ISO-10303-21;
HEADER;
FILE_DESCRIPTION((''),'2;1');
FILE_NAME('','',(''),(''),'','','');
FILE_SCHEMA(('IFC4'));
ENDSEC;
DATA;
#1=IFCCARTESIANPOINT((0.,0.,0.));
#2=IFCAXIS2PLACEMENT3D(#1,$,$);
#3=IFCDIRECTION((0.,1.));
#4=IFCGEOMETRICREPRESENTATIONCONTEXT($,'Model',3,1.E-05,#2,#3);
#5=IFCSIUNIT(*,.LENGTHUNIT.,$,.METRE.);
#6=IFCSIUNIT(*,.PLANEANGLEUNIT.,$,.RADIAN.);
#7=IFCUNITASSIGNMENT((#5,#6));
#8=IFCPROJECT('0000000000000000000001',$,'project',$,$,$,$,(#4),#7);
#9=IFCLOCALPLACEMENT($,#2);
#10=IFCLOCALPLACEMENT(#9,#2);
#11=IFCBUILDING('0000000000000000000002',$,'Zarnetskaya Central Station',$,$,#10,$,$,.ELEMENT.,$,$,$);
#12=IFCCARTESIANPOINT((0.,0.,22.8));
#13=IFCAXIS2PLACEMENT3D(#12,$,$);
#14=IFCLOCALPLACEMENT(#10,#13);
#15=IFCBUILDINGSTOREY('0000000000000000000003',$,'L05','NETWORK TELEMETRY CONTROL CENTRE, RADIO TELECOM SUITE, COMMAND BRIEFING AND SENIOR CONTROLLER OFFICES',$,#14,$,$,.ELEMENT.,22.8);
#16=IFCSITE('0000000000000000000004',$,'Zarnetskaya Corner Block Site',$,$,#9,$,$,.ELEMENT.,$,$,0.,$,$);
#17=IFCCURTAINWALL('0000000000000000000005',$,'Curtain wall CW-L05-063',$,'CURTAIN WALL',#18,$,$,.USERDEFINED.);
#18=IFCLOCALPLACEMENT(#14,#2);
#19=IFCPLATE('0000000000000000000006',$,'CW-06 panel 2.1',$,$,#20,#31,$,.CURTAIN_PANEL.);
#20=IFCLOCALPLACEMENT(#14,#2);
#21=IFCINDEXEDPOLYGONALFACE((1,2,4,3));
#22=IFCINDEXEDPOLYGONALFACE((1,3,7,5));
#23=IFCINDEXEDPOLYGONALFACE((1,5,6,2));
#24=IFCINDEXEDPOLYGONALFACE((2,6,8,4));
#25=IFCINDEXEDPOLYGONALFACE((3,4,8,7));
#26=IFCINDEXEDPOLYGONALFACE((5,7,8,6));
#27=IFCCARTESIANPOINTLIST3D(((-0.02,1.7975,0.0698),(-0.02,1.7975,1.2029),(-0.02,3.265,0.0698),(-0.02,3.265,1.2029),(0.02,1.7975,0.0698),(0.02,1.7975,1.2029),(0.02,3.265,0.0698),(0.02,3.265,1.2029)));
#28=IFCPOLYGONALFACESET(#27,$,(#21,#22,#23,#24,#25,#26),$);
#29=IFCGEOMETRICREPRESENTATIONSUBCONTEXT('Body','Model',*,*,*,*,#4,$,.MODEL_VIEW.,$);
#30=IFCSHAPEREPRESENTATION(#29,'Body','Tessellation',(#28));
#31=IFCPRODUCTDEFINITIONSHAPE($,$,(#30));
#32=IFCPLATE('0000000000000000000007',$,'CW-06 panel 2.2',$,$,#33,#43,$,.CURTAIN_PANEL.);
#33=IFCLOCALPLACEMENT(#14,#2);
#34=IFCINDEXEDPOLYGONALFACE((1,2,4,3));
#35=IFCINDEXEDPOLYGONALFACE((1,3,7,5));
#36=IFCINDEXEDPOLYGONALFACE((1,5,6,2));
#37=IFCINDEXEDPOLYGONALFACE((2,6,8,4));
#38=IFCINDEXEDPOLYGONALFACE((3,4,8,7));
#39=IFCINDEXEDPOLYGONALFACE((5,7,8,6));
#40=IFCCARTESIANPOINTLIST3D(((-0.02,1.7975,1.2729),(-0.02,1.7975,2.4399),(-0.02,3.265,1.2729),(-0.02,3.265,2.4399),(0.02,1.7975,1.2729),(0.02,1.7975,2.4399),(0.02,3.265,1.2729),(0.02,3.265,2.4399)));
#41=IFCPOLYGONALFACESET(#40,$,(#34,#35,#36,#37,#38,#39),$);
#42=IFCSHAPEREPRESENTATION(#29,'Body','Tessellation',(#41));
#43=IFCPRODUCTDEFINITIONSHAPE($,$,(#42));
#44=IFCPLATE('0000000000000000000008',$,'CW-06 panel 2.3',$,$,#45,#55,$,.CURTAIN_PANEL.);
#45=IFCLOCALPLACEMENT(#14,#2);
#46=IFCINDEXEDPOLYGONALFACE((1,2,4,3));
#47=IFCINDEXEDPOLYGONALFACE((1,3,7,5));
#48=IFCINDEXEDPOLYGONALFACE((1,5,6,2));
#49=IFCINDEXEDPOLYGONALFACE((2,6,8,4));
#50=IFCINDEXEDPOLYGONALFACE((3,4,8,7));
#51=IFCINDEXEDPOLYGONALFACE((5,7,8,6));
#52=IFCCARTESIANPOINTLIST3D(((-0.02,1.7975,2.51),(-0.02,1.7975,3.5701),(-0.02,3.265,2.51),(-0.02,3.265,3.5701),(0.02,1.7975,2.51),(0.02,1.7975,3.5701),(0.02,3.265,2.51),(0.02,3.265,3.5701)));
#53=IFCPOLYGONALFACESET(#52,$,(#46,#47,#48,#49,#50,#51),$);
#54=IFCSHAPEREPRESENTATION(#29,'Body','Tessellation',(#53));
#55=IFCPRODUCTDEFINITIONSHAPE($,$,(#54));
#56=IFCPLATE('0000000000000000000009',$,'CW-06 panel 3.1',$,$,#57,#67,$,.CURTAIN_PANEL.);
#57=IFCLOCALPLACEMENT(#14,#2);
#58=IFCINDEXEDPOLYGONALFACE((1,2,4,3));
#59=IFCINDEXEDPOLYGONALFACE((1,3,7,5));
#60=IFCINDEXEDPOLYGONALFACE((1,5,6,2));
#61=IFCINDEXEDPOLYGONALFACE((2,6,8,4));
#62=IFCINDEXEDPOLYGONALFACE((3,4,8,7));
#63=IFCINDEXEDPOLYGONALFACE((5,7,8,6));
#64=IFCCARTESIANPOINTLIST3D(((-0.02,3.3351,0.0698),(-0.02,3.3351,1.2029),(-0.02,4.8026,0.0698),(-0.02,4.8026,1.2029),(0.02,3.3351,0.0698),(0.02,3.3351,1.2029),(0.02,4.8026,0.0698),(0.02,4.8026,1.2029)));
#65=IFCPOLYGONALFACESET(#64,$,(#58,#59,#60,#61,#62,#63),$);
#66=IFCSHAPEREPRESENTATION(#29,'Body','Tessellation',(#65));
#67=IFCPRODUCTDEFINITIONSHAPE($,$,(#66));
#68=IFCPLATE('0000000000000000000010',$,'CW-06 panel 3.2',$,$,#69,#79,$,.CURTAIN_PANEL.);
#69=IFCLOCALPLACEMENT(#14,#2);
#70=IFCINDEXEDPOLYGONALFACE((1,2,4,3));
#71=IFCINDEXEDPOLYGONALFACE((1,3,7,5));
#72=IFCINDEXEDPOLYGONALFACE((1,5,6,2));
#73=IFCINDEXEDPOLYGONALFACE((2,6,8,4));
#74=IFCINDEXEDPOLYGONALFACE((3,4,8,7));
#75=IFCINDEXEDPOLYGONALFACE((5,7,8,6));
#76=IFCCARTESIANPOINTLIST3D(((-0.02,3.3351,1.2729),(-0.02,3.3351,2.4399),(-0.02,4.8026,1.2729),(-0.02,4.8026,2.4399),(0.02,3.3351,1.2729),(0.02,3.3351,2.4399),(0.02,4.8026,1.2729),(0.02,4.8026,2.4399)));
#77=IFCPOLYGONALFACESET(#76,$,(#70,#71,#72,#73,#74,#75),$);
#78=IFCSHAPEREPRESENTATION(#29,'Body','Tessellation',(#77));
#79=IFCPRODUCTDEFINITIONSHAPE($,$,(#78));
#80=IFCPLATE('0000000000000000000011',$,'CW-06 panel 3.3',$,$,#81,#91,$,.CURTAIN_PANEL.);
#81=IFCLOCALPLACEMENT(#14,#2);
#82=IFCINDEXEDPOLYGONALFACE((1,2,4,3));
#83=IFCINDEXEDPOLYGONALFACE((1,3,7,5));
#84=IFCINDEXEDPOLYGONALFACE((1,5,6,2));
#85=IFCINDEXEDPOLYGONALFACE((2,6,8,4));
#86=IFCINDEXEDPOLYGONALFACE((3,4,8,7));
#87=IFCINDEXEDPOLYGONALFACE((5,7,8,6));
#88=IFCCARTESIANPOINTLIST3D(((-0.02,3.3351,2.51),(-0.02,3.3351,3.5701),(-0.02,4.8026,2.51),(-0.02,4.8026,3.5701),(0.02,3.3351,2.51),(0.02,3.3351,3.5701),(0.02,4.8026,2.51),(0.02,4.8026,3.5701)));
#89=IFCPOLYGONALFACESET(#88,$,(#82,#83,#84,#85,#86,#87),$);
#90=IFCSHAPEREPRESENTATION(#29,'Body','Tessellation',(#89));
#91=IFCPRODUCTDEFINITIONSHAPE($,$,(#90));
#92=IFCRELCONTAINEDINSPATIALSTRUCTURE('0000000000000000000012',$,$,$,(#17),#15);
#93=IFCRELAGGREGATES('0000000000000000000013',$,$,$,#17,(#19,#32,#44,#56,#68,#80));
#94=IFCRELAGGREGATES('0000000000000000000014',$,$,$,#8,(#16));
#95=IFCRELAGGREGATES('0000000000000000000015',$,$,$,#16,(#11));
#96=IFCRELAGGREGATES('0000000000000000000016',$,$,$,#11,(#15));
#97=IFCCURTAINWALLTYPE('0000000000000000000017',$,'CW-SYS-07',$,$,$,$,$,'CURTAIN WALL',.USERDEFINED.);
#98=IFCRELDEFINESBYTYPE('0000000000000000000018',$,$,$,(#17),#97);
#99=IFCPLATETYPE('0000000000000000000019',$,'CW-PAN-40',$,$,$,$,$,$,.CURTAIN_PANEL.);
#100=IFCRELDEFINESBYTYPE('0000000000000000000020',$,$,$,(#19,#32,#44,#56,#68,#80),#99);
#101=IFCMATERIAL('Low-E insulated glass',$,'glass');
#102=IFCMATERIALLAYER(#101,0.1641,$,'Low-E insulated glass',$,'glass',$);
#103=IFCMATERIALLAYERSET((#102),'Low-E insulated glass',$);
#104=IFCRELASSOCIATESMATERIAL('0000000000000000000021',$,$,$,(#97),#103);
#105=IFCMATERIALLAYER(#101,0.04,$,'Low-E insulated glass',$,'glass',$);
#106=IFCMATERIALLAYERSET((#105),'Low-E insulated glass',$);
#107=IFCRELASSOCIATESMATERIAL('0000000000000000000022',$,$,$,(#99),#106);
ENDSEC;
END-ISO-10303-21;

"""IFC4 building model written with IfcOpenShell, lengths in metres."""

from ifc_helpers import new_model, si_unit, direction, frame, origin, origin_2d, place, context, subcontext, project, spatial, rectangle, extrude, material, layer, layer_set, type_object, element, aggregate, save


model = new_model("IFC4")

# Units and contexts
model_context = context("Model", 3, precision=1e-05, world=origin(), true_north=direction((0.0, 1.0)))
body_context = subcontext(model_context, "Body", "Model", "MODEL_VIEW")
ifc_project = project(units=[si_unit("LENGTHUNIT", "METRE"), si_unit("PLANEANGLEUNIT", "RADIAN")], contexts=[model_context])

# Site, building, storey
site_placement = place(None, origin())
site = spatial("IfcSite", under=ifc_project, at=site_placement, Name="Zarnetskaya Corner Block Site", CompositionType="ELEMENT", RefElevation=0.0)
building_placement = place(site_placement, origin())
building = spatial("IfcBuilding", under=site, at=building_placement, Name="Zarnetskaya Central Station", CompositionType="ELEMENT")
storey_placement = place(building_placement, frame((0.0, 0.0, 22.8)))
storey = spatial("IfcBuildingStorey", under=building, at=storey_placement, Name="L05", Description="NETWORK TELEMETRY CONTROL CENTRE, RADIO TELECOM SUITE, COMMAND BRIEFING AND SENIOR CONTROLLER OFFICES", CompositionType="ELEMENT", Elevation=22.8)

# Curtain wall, plates
ifc_material_1 = material(Name="Low-E insulated glass", Category="glass")
ifc_layer_1 = layer(ifc_material_1, 0.1641, Name="Low-E insulated glass", Category="glass")
ifc_layer_set_1 = layer_set([ifc_layer_1], Name="Low-E insulated glass")
curtain_wall_type = type_object("IfcCurtainWallType", Name="CW-SYS-07", ElementType="CURTAIN WALL", PredefinedType="USERDEFINED", material=ifc_layer_set_1)
curtain_wall_placement = place(storey_placement, origin())
curtain_wall = element("IfcCurtainWall", 1, at=curtain_wall_placement, inside=storey, type_object=curtain_wall_type, Name="Curtain wall CW-L05-063", ObjectType="CURTAIN WALL", PredefinedType="USERDEFINED")
ifc_layer_2 = layer(ifc_material_1, 0.04, Name="Low-E insulated glass", Category="glass")
ifc_layer_set_2 = layer_set([ifc_layer_2], Name="Low-E insulated glass")
plate_type = type_object("IfcPlateType", Name="CW-PAN-40", PredefinedType="CURTAIN_PANEL", material=ifc_layer_set_2)
plate_1_placement = place(storey_placement, frame((0.0, 2.5312, 0.0698), z_axis=(0.0, 0.0, 1.0), x_axis=(0.0, 1.0, 0.0)))
plate_1 = element("IfcPlate", 2, at=plate_1_placement, type_object=plate_type, Name="CW-06 panel 2.1", PredefinedType="CURTAIN_PANEL", context=body_context, shape_type="SweptSolid", body=[
    extrude(rectangle(XDim=1.4675, YDim=0.04, at=origin_2d()), origin(), (0.0, 0.0, 1.0), 1.1331),
])
plate_2_placement = place(storey_placement, frame((0.0, 2.5312, 1.2729), z_axis=(0.0, 0.0, 1.0), x_axis=(0.0, 1.0, 0.0)))
plate_2 = element("IfcPlate", 3, at=plate_2_placement, type_object=plate_type, Name="CW-06 panel 2.2", PredefinedType="CURTAIN_PANEL", context=body_context, shape_type="SweptSolid", body=[
    extrude(rectangle(XDim=1.4675, YDim=0.04, at=origin_2d()), origin(), (0.0, 0.0, 1.0), 1.167),
])
plate_3_placement = place(storey_placement, frame((0.0, 2.5312, 2.51), z_axis=(0.0, 0.0, 1.0), x_axis=(0.0, 1.0, 0.0)))
plate_3 = element("IfcPlate", 4, at=plate_3_placement, type_object=plate_type, Name="CW-06 panel 2.3", PredefinedType="CURTAIN_PANEL", context=body_context, shape_type="SweptSolid", body=[
    extrude(rectangle(XDim=1.4675, YDim=0.04, at=origin_2d()), origin(), (0.0, 0.0, 1.0), 1.0601),
])
plate_4_placement = place(storey_placement, frame((0.0, 4.0688, 0.0698), z_axis=(0.0, 0.0, 1.0), x_axis=(0.0, 1.0, 0.0)))
plate_4 = element("IfcPlate", 5, at=plate_4_placement, type_object=plate_type, Name="CW-06 panel 3.1", PredefinedType="CURTAIN_PANEL", context=body_context, shape_type="SweptSolid", body=[
    extrude(rectangle(XDim=1.4675, YDim=0.04, at=origin_2d()), origin(), (0.0, 0.0, 1.0), 1.1331),
])
plate_5_placement = place(storey_placement, frame((0.0, 4.0688, 1.2729), z_axis=(0.0, 0.0, 1.0), x_axis=(0.0, 1.0, 0.0)))
plate_5 = element("IfcPlate", 6, at=plate_5_placement, type_object=plate_type, Name="CW-06 panel 3.2", PredefinedType="CURTAIN_PANEL", context=body_context, shape_type="SweptSolid", body=[
    extrude(rectangle(XDim=1.4675, YDim=0.04, at=origin_2d()), origin(), (0.0, 0.0, 1.0), 1.167),
])
plate_6_placement = place(storey_placement, frame((0.0, 4.0688, 2.51), z_axis=(0.0, 0.0, 1.0), x_axis=(0.0, 1.0, 0.0)))
plate_6 = element("IfcPlate", 7, at=plate_6_placement, type_object=plate_type, Name="CW-06 panel 3.3", PredefinedType="CURTAIN_PANEL", context=body_context, shape_type="SweptSolid", body=[
    extrude(rectangle(XDim=1.4675, YDim=0.04, at=origin_2d()), origin(), (0.0, 0.0, 1.0), 1.0601),
])
aggregate(curtain_wall, [plate_1, plate_2, plate_3, plate_4, plate_5, plate_6])

save(model, "model.ifc")
